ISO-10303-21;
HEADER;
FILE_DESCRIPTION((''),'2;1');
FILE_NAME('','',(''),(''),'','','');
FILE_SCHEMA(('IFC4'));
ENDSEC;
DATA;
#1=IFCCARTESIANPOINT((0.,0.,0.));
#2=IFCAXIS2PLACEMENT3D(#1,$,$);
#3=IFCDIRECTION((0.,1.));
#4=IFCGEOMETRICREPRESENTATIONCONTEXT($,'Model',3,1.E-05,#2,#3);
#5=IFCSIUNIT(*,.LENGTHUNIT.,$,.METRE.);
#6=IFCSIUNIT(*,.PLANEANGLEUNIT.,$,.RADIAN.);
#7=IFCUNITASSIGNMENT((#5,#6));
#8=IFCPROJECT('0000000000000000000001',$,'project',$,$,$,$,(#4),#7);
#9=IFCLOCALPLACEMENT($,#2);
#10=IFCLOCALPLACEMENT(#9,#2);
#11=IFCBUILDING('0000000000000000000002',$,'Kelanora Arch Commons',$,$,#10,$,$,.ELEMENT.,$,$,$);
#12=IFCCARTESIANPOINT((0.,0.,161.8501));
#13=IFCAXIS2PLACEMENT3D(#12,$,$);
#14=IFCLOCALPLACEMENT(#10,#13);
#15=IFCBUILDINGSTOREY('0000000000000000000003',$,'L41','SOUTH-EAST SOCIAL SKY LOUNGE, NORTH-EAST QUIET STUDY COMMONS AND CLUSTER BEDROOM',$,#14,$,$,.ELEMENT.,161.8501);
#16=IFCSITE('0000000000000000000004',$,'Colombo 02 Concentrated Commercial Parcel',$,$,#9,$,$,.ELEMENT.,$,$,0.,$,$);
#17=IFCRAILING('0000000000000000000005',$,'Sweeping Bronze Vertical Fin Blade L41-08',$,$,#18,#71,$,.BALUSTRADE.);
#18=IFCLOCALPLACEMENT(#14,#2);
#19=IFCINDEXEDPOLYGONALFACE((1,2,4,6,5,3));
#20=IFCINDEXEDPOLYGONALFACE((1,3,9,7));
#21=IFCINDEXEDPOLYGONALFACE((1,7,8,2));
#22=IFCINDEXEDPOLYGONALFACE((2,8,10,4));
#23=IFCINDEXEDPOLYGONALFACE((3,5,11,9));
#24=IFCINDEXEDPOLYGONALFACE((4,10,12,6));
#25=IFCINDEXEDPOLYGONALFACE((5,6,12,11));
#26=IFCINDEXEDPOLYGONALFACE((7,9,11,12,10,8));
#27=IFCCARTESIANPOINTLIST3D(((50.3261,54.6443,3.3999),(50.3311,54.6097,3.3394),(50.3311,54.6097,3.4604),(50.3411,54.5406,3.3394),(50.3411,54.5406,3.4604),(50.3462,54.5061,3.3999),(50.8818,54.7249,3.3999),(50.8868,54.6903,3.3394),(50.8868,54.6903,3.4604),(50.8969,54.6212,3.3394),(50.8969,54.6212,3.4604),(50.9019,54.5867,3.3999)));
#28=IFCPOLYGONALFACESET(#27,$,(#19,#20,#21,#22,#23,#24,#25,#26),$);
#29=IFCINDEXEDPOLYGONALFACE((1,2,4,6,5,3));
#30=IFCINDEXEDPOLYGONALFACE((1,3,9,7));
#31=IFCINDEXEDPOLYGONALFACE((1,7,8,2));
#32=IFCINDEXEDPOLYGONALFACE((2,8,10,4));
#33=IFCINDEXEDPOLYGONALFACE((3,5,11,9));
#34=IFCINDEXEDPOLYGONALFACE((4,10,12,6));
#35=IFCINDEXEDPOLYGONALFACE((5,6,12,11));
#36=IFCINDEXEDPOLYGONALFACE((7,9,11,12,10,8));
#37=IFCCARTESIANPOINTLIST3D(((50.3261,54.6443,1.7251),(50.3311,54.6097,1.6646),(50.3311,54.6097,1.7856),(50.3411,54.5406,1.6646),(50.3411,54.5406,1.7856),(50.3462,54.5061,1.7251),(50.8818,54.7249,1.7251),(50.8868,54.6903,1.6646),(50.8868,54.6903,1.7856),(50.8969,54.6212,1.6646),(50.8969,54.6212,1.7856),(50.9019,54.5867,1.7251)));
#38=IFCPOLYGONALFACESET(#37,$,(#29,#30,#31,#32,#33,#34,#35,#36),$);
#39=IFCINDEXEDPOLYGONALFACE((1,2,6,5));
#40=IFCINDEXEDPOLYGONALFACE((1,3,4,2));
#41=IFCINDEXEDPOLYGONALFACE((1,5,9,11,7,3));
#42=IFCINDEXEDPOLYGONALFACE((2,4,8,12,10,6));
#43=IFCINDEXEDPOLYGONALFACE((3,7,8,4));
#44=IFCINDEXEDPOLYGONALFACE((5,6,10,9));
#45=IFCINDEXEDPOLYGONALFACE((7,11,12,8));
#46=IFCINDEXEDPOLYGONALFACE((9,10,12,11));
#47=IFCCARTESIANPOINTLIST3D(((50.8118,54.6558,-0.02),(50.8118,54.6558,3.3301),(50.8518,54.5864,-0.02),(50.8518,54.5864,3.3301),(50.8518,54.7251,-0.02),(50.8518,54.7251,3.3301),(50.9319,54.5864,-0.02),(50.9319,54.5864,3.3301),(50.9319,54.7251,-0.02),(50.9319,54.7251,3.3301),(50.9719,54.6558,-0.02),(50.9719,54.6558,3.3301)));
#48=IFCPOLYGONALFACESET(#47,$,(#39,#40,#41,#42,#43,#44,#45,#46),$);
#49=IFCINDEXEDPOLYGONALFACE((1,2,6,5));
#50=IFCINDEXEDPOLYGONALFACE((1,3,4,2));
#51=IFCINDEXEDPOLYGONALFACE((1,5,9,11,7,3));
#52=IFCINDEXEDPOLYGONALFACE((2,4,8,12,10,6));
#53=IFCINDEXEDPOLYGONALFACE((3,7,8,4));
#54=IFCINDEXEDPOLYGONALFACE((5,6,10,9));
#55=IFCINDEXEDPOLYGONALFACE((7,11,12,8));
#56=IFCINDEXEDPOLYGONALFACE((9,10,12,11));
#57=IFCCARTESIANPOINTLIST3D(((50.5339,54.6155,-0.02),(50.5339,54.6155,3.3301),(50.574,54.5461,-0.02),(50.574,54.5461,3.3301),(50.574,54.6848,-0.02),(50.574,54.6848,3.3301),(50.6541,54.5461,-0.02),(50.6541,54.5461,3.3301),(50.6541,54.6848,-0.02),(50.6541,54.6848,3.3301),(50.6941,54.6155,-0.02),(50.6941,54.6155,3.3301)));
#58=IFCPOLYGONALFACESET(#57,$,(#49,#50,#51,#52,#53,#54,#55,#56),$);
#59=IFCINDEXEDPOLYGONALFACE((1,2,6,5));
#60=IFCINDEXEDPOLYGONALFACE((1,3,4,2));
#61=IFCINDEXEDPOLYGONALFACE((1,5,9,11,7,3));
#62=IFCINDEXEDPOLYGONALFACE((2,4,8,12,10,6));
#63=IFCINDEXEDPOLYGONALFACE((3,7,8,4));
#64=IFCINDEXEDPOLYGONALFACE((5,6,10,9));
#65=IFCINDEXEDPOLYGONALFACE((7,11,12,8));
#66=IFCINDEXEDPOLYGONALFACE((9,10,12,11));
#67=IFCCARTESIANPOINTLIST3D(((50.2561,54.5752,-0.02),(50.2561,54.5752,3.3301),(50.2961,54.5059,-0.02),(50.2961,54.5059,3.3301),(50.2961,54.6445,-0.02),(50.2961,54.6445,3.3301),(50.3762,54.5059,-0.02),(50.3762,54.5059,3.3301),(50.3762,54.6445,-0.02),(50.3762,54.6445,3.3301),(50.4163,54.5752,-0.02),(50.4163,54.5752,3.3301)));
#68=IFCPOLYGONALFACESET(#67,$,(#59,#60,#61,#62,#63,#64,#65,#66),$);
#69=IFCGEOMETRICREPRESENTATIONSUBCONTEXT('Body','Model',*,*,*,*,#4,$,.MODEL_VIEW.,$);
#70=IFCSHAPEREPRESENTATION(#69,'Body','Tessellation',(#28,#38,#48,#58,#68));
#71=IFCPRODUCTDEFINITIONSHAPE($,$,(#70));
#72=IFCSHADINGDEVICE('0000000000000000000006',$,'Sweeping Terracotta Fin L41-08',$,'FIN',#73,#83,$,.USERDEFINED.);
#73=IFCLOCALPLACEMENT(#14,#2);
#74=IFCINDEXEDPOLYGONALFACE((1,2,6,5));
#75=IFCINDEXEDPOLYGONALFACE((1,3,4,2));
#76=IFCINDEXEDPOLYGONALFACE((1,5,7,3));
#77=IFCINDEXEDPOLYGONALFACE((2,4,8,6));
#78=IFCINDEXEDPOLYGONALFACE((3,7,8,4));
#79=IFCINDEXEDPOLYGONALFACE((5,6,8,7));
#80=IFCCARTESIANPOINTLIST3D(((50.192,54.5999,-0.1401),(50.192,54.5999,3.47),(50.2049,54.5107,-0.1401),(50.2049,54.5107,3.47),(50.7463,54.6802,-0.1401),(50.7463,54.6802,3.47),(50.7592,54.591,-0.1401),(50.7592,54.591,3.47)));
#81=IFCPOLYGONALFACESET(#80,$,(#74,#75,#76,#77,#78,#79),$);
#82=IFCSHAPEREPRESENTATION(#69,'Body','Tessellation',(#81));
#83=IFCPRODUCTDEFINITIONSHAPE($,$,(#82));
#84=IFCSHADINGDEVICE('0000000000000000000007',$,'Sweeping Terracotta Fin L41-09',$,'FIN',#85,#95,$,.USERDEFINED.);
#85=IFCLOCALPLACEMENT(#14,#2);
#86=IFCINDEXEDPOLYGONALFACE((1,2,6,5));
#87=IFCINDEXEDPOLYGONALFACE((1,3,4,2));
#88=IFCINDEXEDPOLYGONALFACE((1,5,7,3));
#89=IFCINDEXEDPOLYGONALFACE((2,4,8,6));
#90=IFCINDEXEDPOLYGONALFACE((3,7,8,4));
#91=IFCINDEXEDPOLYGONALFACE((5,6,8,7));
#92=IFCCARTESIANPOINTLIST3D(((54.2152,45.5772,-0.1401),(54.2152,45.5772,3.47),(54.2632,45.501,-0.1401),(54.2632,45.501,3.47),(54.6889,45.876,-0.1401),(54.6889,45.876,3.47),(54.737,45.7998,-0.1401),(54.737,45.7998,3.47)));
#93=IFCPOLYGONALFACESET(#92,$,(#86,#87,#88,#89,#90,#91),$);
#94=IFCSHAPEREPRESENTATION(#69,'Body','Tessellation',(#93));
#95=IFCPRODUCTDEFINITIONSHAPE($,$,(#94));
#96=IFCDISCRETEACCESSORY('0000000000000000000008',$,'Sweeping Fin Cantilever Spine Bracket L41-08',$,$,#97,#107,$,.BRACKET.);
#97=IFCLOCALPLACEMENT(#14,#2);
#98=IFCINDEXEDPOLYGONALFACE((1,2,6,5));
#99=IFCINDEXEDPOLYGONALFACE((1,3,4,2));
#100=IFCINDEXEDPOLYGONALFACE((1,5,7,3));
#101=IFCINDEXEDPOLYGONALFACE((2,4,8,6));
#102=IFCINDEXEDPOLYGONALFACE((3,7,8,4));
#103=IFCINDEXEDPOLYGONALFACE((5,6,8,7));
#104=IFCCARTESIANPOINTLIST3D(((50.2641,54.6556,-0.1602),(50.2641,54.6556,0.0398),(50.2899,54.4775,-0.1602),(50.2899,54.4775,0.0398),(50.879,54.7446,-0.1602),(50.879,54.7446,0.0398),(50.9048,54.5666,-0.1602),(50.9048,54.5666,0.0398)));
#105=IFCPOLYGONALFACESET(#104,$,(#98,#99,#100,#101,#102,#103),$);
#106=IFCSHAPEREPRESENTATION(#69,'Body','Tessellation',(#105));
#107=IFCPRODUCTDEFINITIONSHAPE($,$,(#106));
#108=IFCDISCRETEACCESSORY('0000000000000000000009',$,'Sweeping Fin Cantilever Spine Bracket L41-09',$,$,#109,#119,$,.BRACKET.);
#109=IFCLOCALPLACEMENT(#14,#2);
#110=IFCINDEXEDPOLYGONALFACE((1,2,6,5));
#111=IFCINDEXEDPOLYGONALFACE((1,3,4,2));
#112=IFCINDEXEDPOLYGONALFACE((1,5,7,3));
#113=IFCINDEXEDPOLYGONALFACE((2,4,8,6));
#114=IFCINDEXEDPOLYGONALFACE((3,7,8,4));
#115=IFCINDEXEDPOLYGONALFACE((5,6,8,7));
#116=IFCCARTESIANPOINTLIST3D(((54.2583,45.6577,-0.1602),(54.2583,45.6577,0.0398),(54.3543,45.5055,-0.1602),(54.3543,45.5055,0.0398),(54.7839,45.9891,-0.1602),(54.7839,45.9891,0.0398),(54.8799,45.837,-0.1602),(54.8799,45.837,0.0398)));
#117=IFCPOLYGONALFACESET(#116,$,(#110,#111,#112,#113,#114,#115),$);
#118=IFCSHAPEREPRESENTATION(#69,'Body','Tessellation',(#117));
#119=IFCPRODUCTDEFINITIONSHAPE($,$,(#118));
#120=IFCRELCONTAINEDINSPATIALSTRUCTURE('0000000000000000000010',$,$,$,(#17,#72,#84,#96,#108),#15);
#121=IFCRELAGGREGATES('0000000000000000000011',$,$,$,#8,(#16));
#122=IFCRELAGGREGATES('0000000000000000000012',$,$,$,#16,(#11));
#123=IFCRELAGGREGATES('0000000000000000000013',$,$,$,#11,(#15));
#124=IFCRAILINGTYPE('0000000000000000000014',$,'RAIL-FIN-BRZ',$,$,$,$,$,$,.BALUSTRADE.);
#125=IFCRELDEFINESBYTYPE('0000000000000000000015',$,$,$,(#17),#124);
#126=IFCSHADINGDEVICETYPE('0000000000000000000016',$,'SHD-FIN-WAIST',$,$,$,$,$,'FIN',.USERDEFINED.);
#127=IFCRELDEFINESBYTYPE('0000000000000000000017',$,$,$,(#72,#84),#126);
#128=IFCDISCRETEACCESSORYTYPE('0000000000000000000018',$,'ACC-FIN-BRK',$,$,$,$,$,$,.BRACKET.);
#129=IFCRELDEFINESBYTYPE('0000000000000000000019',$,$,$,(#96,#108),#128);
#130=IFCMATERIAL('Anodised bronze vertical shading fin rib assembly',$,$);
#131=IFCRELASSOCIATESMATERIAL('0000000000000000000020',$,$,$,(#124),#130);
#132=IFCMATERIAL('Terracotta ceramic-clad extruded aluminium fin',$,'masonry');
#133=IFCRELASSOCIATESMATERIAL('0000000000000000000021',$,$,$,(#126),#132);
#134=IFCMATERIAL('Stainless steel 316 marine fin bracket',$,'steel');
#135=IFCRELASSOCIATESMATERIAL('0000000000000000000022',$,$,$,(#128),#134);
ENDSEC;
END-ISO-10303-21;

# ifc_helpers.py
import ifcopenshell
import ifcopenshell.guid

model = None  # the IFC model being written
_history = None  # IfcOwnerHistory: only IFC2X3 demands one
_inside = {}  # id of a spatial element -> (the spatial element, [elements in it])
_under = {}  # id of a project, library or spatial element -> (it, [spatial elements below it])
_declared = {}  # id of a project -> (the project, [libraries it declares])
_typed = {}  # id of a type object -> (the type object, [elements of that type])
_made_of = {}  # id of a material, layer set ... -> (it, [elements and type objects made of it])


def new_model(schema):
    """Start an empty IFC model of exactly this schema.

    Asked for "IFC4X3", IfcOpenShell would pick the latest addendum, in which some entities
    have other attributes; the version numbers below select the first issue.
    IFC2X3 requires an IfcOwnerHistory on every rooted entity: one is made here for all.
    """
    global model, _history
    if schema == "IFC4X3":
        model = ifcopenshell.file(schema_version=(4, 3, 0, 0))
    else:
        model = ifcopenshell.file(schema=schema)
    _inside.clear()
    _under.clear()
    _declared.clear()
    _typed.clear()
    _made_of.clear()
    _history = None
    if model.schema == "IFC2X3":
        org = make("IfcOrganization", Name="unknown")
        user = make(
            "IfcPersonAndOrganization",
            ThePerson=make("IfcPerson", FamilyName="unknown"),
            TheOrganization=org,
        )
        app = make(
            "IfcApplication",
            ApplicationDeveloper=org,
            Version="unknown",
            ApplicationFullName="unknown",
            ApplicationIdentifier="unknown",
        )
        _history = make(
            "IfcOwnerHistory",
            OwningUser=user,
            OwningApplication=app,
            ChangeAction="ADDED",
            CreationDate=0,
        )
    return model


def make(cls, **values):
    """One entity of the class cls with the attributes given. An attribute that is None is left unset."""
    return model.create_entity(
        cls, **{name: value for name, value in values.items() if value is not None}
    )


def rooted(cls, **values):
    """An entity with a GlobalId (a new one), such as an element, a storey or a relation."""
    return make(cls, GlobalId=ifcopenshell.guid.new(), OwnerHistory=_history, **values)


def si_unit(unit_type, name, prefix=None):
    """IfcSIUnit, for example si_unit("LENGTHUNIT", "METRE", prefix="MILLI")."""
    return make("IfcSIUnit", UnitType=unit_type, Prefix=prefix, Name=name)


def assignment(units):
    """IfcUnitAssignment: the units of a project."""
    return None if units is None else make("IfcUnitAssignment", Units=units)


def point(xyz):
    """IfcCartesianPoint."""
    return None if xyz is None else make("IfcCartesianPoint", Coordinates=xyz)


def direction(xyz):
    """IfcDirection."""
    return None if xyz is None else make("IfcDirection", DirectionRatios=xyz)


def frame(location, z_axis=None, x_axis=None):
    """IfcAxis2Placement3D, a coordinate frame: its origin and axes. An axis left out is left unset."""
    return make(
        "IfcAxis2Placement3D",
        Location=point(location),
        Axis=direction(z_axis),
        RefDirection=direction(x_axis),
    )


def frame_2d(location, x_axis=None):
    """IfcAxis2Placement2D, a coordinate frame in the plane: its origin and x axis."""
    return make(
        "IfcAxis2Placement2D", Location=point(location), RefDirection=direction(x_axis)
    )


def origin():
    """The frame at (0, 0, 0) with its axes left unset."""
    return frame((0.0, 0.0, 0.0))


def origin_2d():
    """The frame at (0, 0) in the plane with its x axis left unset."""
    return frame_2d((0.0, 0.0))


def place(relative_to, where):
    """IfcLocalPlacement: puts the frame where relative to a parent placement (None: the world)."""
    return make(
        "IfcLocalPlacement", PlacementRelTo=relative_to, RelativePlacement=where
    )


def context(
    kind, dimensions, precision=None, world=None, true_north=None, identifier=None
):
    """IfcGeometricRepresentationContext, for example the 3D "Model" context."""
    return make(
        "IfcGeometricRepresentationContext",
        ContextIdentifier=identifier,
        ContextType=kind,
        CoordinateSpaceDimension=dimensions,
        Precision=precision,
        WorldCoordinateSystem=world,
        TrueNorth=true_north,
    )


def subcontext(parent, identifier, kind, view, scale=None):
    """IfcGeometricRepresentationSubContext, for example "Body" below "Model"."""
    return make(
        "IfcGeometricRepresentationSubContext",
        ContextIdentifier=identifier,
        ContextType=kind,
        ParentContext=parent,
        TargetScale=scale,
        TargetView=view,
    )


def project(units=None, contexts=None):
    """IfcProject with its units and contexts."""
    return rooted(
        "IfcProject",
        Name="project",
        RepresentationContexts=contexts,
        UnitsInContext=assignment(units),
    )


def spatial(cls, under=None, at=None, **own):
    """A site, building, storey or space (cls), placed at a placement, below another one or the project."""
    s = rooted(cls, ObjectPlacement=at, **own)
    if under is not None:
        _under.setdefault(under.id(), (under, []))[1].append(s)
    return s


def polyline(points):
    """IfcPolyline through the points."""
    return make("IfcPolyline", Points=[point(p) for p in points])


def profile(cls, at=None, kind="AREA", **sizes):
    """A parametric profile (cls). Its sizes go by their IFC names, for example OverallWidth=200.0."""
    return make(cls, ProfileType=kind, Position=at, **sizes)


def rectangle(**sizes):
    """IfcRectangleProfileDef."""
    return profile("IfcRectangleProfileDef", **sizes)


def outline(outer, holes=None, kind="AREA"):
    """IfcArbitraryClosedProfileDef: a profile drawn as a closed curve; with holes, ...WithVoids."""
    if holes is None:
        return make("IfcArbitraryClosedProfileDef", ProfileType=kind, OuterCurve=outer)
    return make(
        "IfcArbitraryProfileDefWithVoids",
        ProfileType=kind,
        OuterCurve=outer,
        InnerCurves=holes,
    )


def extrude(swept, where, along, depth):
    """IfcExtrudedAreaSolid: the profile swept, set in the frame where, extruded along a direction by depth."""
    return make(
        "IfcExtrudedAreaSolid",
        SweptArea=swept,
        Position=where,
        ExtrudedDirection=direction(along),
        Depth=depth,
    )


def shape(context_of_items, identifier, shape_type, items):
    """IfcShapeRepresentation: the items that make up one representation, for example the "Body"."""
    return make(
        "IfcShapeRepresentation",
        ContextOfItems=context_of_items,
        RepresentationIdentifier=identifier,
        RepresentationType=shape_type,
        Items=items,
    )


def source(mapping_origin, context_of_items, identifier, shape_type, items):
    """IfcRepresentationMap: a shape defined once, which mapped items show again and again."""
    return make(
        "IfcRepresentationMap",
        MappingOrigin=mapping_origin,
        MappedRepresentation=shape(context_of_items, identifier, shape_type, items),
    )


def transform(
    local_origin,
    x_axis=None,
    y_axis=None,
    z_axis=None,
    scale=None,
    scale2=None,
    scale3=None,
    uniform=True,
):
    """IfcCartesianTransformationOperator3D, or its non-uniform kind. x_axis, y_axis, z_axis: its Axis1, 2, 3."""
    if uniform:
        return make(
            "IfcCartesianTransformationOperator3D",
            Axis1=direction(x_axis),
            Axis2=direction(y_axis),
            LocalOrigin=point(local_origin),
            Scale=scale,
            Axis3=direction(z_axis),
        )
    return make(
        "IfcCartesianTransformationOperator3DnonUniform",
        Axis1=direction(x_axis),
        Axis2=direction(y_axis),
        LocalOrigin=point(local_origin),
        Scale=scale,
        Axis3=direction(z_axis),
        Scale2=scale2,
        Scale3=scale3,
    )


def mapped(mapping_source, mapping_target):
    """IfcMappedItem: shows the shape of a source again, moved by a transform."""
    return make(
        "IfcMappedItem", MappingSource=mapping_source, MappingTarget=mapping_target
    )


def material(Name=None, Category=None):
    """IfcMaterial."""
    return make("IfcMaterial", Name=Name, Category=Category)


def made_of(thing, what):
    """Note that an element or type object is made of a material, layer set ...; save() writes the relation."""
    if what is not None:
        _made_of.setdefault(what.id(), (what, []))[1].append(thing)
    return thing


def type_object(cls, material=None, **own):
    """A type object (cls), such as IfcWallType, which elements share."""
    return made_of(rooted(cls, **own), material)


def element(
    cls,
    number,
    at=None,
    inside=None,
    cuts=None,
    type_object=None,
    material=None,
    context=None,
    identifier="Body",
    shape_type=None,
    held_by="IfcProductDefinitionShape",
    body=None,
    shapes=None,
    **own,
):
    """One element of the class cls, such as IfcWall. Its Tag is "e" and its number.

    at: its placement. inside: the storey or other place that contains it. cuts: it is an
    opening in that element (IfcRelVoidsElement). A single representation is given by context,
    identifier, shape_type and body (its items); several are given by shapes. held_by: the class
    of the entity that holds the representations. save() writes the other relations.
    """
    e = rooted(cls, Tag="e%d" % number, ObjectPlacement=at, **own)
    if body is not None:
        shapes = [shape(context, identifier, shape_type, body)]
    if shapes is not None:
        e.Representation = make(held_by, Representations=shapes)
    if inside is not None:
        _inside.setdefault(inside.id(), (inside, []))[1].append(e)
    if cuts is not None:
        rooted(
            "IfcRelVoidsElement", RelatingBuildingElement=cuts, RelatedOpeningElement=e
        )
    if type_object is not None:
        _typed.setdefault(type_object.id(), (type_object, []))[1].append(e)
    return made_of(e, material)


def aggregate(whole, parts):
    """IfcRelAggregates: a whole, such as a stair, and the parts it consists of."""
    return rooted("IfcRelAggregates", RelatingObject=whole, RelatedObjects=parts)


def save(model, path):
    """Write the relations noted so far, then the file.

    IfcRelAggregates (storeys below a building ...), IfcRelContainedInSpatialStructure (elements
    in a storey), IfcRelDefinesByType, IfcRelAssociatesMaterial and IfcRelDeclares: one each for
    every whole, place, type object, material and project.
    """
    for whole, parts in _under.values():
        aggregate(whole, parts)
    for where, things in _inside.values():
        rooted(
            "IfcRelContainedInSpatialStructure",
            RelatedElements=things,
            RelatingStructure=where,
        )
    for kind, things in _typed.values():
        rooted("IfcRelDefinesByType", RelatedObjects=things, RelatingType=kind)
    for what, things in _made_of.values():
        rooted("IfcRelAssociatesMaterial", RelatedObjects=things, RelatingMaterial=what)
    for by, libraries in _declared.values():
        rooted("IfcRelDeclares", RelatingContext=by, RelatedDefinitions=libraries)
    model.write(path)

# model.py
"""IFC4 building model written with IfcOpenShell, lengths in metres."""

from ifc_helpers import new_model, si_unit, direction, frame, origin, origin_2d, place, context, subcontext, project, spatial, polyline, rectangle, outline, extrude, source, transform, mapped, material, type_object, element, save


model = new_model("IFC4")

# Units and contexts
model_context = context("Model", 3, precision=1e-05, world=origin(), true_north=direction((0.0, 1.0)))
body_context = subcontext(model_context, "Body", "Model", "MODEL_VIEW")
ifc_project = project(units=[si_unit("LENGTHUNIT", "METRE"), si_unit("PLANEANGLEUNIT", "RADIAN")], contexts=[model_context])

# Site, building, storey
site_placement = place(None, origin())
site = spatial("IfcSite", under=ifc_project, at=site_placement, Name="Colombo 02 Concentrated Commercial Parcel", CompositionType="ELEMENT", RefElevation=0.0)
building_placement = place(site_placement, origin())
building = spatial("IfcBuilding", under=site, at=building_placement, Name="Kelanora Arch Commons", CompositionType="ELEMENT")
storey_placement = place(building_placement, frame((0.0, 0.0, 161.8501)))
storey = spatial("IfcBuildingStorey", under=building, at=storey_placement, Name="L41", Description="SOUTH-EAST SOCIAL SKY LOUNGE, NORTH-EAST QUIET STUDY COMMONS AND CLUSTER BEDROOM", CompositionType="ELEMENT", Elevation=161.8501)

# Railing
ifc_material_1 = material(Name="Anodised bronze vertical shading fin rib assembly")
railing_type = type_object("IfcRailingType", Name="RAIL-FIN-BRZ", PredefinedType="BALUSTRADE", material=ifc_material_1)
railing_placement = place(storey_placement, frame((50.8918, 54.6558, -0.02)))
element("IfcRailing", 1, at=railing_placement, inside=storey, type_object=railing_type, Name="Sweeping Bronze Vertical Fin Blade L41-08", PredefinedType="BALUSTRADE", context=body_context, shape_type="SweptSolid", body=[
    extrude(outline(polyline([(0.0698, 0.0), (0.0349, 0.0605), (-0.0349, 0.0605), (-0.0698, 0.0), (-0.0349, -0.0605), (0.0349, -0.0605), (0.0698, 0.0)])), frame((0.0, 0.0, 3.4199), z_axis=(-0.989652, -0.143491, 0.0), x_axis=(0.143491, -0.989652, 0.0)), (0.0, 0.0, 1.0), 0.5615),
    extrude(outline(polyline([(0.0698, 0.0), (0.0349, 0.0605), (-0.0349, 0.0605), (-0.0698, 0.0), (-0.0349, -0.0605), (0.0349, -0.0605), (0.0698, 0.0)])), frame((0.0, 0.0, 1.7451), z_axis=(-0.989652, -0.143491, 0.0), x_axis=(0.143491, -0.989652, 0.0)), (0.0, 0.0, 1.0), 0.5615),
    extrude(outline(polyline([(0.0801, 0.0), (0.04, 0.0693), (-0.04, 0.0693), (-0.0801, 0.0), (-0.04, -0.0693), (0.04, -0.0693), (0.0801, 0.0)])), origin(), (0.0, 0.0, 1.0), 3.3501),
    extrude(outline(polyline([(0.0801, 0.0), (0.04, 0.0693), (-0.04, 0.0693), (-0.0801, 0.0), (-0.04, -0.0693), (0.04, -0.0693), (0.0801, 0.0)])), frame((-0.2778, -0.0403, 0.0)), (0.0, 0.0, 1.0), 3.3501),
    extrude(outline(polyline([(0.0801, 0.0), (0.04, 0.0693), (-0.04, 0.0693), (-0.0801, 0.0), (-0.04, -0.0693), (0.04, -0.0693), (0.0801, 0.0)])), frame((-0.5557, -0.0806, 0.0)), (0.0, 0.0, 1.0), 3.3501),
])

# Shading devices
ifc_material_2 = material(Name="Terracotta ceramic-clad extruded aluminium fin", Category="masonry")
shading_device_type = type_object("IfcShadingDeviceType", Name="SHD-FIN-WAIST", ElementType="FIN", PredefinedType="USERDEFINED", material=ifc_material_2)
shared_shape_1 = source(origin(), body_context, "Body", "SweptSolid", [
    extrude(rectangle(XDim=0.5601, YDim=0.0901, at=origin_2d()), origin(), (0.0, 0.0, 1.0), 3.6101),
])
for number, where, z_axis, x_axis, name in (
    (2, (50.4756, 54.5955, -0.1401), (0.0, 0.0, 1.0), (-0.989676, -0.14332, 0.0), "Sweeping Terracotta Fin L41-08"),
    (3, (54.4761, 45.6885, -0.1401), (0.0, 0.0, 1.0), (-0.845821, -0.533467, 0.0), "Sweeping Terracotta Fin L41-09"),
):
    element("IfcShadingDevice", number, at=place(storey_placement, frame(where, z_axis=z_axis, x_axis=x_axis)), inside=storey, type_object=shading_device_type, Name=name, ObjectType="FIN", PredefinedType="USERDEFINED", context=body_context, shape_type="MappedRepresentation", body=[
        mapped(shared_shape_1, transform((0.0, 0.0, 0.0), scale=1.0)),
    ])

# Discrete accessories
ifc_material_3 = material(Name="Stainless steel 316 marine fin bracket", Category="steel")
discrete_accessory_type = type_object("IfcDiscreteAccessoryType", Name="ACC-FIN-BRK", PredefinedType="BRACKET", material=ifc_material_3)
shared_shape_2 = source(origin(), body_context, "Body", "SweptSolid", [
    extrude(rectangle(XDim=0.6213, YDim=0.1799, at=origin_2d()), origin(), (0.0, 0.0, 1.0), 0.2),
])
for number, where, z_axis, x_axis, name in (
    (4, (50.5845, 54.6111, -0.1602), (0.0, 0.0, 1.0), (-0.989676, -0.14332, 0.0), "Sweeping Fin Cantilever Spine Bracket L41-08"),
    (5, (54.5691, 45.7473, -0.1602), (0.0, 0.0, 1.0), (-0.845821, -0.533467, 0.0), "Sweeping Fin Cantilever Spine Bracket L41-09"),
):
    element("IfcDiscreteAccessory", number, at=place(storey_placement, frame(where, z_axis=z_axis, x_axis=x_axis)), inside=storey, type_object=discrete_accessory_type, Name=name, PredefinedType="BRACKET", context=body_context, shape_type="MappedRepresentation", body=[
        mapped(shared_shape_2, transform((0.0, 0.0, 0.0), scale=1.0)),
    ])

save(model, "model.ifc")
